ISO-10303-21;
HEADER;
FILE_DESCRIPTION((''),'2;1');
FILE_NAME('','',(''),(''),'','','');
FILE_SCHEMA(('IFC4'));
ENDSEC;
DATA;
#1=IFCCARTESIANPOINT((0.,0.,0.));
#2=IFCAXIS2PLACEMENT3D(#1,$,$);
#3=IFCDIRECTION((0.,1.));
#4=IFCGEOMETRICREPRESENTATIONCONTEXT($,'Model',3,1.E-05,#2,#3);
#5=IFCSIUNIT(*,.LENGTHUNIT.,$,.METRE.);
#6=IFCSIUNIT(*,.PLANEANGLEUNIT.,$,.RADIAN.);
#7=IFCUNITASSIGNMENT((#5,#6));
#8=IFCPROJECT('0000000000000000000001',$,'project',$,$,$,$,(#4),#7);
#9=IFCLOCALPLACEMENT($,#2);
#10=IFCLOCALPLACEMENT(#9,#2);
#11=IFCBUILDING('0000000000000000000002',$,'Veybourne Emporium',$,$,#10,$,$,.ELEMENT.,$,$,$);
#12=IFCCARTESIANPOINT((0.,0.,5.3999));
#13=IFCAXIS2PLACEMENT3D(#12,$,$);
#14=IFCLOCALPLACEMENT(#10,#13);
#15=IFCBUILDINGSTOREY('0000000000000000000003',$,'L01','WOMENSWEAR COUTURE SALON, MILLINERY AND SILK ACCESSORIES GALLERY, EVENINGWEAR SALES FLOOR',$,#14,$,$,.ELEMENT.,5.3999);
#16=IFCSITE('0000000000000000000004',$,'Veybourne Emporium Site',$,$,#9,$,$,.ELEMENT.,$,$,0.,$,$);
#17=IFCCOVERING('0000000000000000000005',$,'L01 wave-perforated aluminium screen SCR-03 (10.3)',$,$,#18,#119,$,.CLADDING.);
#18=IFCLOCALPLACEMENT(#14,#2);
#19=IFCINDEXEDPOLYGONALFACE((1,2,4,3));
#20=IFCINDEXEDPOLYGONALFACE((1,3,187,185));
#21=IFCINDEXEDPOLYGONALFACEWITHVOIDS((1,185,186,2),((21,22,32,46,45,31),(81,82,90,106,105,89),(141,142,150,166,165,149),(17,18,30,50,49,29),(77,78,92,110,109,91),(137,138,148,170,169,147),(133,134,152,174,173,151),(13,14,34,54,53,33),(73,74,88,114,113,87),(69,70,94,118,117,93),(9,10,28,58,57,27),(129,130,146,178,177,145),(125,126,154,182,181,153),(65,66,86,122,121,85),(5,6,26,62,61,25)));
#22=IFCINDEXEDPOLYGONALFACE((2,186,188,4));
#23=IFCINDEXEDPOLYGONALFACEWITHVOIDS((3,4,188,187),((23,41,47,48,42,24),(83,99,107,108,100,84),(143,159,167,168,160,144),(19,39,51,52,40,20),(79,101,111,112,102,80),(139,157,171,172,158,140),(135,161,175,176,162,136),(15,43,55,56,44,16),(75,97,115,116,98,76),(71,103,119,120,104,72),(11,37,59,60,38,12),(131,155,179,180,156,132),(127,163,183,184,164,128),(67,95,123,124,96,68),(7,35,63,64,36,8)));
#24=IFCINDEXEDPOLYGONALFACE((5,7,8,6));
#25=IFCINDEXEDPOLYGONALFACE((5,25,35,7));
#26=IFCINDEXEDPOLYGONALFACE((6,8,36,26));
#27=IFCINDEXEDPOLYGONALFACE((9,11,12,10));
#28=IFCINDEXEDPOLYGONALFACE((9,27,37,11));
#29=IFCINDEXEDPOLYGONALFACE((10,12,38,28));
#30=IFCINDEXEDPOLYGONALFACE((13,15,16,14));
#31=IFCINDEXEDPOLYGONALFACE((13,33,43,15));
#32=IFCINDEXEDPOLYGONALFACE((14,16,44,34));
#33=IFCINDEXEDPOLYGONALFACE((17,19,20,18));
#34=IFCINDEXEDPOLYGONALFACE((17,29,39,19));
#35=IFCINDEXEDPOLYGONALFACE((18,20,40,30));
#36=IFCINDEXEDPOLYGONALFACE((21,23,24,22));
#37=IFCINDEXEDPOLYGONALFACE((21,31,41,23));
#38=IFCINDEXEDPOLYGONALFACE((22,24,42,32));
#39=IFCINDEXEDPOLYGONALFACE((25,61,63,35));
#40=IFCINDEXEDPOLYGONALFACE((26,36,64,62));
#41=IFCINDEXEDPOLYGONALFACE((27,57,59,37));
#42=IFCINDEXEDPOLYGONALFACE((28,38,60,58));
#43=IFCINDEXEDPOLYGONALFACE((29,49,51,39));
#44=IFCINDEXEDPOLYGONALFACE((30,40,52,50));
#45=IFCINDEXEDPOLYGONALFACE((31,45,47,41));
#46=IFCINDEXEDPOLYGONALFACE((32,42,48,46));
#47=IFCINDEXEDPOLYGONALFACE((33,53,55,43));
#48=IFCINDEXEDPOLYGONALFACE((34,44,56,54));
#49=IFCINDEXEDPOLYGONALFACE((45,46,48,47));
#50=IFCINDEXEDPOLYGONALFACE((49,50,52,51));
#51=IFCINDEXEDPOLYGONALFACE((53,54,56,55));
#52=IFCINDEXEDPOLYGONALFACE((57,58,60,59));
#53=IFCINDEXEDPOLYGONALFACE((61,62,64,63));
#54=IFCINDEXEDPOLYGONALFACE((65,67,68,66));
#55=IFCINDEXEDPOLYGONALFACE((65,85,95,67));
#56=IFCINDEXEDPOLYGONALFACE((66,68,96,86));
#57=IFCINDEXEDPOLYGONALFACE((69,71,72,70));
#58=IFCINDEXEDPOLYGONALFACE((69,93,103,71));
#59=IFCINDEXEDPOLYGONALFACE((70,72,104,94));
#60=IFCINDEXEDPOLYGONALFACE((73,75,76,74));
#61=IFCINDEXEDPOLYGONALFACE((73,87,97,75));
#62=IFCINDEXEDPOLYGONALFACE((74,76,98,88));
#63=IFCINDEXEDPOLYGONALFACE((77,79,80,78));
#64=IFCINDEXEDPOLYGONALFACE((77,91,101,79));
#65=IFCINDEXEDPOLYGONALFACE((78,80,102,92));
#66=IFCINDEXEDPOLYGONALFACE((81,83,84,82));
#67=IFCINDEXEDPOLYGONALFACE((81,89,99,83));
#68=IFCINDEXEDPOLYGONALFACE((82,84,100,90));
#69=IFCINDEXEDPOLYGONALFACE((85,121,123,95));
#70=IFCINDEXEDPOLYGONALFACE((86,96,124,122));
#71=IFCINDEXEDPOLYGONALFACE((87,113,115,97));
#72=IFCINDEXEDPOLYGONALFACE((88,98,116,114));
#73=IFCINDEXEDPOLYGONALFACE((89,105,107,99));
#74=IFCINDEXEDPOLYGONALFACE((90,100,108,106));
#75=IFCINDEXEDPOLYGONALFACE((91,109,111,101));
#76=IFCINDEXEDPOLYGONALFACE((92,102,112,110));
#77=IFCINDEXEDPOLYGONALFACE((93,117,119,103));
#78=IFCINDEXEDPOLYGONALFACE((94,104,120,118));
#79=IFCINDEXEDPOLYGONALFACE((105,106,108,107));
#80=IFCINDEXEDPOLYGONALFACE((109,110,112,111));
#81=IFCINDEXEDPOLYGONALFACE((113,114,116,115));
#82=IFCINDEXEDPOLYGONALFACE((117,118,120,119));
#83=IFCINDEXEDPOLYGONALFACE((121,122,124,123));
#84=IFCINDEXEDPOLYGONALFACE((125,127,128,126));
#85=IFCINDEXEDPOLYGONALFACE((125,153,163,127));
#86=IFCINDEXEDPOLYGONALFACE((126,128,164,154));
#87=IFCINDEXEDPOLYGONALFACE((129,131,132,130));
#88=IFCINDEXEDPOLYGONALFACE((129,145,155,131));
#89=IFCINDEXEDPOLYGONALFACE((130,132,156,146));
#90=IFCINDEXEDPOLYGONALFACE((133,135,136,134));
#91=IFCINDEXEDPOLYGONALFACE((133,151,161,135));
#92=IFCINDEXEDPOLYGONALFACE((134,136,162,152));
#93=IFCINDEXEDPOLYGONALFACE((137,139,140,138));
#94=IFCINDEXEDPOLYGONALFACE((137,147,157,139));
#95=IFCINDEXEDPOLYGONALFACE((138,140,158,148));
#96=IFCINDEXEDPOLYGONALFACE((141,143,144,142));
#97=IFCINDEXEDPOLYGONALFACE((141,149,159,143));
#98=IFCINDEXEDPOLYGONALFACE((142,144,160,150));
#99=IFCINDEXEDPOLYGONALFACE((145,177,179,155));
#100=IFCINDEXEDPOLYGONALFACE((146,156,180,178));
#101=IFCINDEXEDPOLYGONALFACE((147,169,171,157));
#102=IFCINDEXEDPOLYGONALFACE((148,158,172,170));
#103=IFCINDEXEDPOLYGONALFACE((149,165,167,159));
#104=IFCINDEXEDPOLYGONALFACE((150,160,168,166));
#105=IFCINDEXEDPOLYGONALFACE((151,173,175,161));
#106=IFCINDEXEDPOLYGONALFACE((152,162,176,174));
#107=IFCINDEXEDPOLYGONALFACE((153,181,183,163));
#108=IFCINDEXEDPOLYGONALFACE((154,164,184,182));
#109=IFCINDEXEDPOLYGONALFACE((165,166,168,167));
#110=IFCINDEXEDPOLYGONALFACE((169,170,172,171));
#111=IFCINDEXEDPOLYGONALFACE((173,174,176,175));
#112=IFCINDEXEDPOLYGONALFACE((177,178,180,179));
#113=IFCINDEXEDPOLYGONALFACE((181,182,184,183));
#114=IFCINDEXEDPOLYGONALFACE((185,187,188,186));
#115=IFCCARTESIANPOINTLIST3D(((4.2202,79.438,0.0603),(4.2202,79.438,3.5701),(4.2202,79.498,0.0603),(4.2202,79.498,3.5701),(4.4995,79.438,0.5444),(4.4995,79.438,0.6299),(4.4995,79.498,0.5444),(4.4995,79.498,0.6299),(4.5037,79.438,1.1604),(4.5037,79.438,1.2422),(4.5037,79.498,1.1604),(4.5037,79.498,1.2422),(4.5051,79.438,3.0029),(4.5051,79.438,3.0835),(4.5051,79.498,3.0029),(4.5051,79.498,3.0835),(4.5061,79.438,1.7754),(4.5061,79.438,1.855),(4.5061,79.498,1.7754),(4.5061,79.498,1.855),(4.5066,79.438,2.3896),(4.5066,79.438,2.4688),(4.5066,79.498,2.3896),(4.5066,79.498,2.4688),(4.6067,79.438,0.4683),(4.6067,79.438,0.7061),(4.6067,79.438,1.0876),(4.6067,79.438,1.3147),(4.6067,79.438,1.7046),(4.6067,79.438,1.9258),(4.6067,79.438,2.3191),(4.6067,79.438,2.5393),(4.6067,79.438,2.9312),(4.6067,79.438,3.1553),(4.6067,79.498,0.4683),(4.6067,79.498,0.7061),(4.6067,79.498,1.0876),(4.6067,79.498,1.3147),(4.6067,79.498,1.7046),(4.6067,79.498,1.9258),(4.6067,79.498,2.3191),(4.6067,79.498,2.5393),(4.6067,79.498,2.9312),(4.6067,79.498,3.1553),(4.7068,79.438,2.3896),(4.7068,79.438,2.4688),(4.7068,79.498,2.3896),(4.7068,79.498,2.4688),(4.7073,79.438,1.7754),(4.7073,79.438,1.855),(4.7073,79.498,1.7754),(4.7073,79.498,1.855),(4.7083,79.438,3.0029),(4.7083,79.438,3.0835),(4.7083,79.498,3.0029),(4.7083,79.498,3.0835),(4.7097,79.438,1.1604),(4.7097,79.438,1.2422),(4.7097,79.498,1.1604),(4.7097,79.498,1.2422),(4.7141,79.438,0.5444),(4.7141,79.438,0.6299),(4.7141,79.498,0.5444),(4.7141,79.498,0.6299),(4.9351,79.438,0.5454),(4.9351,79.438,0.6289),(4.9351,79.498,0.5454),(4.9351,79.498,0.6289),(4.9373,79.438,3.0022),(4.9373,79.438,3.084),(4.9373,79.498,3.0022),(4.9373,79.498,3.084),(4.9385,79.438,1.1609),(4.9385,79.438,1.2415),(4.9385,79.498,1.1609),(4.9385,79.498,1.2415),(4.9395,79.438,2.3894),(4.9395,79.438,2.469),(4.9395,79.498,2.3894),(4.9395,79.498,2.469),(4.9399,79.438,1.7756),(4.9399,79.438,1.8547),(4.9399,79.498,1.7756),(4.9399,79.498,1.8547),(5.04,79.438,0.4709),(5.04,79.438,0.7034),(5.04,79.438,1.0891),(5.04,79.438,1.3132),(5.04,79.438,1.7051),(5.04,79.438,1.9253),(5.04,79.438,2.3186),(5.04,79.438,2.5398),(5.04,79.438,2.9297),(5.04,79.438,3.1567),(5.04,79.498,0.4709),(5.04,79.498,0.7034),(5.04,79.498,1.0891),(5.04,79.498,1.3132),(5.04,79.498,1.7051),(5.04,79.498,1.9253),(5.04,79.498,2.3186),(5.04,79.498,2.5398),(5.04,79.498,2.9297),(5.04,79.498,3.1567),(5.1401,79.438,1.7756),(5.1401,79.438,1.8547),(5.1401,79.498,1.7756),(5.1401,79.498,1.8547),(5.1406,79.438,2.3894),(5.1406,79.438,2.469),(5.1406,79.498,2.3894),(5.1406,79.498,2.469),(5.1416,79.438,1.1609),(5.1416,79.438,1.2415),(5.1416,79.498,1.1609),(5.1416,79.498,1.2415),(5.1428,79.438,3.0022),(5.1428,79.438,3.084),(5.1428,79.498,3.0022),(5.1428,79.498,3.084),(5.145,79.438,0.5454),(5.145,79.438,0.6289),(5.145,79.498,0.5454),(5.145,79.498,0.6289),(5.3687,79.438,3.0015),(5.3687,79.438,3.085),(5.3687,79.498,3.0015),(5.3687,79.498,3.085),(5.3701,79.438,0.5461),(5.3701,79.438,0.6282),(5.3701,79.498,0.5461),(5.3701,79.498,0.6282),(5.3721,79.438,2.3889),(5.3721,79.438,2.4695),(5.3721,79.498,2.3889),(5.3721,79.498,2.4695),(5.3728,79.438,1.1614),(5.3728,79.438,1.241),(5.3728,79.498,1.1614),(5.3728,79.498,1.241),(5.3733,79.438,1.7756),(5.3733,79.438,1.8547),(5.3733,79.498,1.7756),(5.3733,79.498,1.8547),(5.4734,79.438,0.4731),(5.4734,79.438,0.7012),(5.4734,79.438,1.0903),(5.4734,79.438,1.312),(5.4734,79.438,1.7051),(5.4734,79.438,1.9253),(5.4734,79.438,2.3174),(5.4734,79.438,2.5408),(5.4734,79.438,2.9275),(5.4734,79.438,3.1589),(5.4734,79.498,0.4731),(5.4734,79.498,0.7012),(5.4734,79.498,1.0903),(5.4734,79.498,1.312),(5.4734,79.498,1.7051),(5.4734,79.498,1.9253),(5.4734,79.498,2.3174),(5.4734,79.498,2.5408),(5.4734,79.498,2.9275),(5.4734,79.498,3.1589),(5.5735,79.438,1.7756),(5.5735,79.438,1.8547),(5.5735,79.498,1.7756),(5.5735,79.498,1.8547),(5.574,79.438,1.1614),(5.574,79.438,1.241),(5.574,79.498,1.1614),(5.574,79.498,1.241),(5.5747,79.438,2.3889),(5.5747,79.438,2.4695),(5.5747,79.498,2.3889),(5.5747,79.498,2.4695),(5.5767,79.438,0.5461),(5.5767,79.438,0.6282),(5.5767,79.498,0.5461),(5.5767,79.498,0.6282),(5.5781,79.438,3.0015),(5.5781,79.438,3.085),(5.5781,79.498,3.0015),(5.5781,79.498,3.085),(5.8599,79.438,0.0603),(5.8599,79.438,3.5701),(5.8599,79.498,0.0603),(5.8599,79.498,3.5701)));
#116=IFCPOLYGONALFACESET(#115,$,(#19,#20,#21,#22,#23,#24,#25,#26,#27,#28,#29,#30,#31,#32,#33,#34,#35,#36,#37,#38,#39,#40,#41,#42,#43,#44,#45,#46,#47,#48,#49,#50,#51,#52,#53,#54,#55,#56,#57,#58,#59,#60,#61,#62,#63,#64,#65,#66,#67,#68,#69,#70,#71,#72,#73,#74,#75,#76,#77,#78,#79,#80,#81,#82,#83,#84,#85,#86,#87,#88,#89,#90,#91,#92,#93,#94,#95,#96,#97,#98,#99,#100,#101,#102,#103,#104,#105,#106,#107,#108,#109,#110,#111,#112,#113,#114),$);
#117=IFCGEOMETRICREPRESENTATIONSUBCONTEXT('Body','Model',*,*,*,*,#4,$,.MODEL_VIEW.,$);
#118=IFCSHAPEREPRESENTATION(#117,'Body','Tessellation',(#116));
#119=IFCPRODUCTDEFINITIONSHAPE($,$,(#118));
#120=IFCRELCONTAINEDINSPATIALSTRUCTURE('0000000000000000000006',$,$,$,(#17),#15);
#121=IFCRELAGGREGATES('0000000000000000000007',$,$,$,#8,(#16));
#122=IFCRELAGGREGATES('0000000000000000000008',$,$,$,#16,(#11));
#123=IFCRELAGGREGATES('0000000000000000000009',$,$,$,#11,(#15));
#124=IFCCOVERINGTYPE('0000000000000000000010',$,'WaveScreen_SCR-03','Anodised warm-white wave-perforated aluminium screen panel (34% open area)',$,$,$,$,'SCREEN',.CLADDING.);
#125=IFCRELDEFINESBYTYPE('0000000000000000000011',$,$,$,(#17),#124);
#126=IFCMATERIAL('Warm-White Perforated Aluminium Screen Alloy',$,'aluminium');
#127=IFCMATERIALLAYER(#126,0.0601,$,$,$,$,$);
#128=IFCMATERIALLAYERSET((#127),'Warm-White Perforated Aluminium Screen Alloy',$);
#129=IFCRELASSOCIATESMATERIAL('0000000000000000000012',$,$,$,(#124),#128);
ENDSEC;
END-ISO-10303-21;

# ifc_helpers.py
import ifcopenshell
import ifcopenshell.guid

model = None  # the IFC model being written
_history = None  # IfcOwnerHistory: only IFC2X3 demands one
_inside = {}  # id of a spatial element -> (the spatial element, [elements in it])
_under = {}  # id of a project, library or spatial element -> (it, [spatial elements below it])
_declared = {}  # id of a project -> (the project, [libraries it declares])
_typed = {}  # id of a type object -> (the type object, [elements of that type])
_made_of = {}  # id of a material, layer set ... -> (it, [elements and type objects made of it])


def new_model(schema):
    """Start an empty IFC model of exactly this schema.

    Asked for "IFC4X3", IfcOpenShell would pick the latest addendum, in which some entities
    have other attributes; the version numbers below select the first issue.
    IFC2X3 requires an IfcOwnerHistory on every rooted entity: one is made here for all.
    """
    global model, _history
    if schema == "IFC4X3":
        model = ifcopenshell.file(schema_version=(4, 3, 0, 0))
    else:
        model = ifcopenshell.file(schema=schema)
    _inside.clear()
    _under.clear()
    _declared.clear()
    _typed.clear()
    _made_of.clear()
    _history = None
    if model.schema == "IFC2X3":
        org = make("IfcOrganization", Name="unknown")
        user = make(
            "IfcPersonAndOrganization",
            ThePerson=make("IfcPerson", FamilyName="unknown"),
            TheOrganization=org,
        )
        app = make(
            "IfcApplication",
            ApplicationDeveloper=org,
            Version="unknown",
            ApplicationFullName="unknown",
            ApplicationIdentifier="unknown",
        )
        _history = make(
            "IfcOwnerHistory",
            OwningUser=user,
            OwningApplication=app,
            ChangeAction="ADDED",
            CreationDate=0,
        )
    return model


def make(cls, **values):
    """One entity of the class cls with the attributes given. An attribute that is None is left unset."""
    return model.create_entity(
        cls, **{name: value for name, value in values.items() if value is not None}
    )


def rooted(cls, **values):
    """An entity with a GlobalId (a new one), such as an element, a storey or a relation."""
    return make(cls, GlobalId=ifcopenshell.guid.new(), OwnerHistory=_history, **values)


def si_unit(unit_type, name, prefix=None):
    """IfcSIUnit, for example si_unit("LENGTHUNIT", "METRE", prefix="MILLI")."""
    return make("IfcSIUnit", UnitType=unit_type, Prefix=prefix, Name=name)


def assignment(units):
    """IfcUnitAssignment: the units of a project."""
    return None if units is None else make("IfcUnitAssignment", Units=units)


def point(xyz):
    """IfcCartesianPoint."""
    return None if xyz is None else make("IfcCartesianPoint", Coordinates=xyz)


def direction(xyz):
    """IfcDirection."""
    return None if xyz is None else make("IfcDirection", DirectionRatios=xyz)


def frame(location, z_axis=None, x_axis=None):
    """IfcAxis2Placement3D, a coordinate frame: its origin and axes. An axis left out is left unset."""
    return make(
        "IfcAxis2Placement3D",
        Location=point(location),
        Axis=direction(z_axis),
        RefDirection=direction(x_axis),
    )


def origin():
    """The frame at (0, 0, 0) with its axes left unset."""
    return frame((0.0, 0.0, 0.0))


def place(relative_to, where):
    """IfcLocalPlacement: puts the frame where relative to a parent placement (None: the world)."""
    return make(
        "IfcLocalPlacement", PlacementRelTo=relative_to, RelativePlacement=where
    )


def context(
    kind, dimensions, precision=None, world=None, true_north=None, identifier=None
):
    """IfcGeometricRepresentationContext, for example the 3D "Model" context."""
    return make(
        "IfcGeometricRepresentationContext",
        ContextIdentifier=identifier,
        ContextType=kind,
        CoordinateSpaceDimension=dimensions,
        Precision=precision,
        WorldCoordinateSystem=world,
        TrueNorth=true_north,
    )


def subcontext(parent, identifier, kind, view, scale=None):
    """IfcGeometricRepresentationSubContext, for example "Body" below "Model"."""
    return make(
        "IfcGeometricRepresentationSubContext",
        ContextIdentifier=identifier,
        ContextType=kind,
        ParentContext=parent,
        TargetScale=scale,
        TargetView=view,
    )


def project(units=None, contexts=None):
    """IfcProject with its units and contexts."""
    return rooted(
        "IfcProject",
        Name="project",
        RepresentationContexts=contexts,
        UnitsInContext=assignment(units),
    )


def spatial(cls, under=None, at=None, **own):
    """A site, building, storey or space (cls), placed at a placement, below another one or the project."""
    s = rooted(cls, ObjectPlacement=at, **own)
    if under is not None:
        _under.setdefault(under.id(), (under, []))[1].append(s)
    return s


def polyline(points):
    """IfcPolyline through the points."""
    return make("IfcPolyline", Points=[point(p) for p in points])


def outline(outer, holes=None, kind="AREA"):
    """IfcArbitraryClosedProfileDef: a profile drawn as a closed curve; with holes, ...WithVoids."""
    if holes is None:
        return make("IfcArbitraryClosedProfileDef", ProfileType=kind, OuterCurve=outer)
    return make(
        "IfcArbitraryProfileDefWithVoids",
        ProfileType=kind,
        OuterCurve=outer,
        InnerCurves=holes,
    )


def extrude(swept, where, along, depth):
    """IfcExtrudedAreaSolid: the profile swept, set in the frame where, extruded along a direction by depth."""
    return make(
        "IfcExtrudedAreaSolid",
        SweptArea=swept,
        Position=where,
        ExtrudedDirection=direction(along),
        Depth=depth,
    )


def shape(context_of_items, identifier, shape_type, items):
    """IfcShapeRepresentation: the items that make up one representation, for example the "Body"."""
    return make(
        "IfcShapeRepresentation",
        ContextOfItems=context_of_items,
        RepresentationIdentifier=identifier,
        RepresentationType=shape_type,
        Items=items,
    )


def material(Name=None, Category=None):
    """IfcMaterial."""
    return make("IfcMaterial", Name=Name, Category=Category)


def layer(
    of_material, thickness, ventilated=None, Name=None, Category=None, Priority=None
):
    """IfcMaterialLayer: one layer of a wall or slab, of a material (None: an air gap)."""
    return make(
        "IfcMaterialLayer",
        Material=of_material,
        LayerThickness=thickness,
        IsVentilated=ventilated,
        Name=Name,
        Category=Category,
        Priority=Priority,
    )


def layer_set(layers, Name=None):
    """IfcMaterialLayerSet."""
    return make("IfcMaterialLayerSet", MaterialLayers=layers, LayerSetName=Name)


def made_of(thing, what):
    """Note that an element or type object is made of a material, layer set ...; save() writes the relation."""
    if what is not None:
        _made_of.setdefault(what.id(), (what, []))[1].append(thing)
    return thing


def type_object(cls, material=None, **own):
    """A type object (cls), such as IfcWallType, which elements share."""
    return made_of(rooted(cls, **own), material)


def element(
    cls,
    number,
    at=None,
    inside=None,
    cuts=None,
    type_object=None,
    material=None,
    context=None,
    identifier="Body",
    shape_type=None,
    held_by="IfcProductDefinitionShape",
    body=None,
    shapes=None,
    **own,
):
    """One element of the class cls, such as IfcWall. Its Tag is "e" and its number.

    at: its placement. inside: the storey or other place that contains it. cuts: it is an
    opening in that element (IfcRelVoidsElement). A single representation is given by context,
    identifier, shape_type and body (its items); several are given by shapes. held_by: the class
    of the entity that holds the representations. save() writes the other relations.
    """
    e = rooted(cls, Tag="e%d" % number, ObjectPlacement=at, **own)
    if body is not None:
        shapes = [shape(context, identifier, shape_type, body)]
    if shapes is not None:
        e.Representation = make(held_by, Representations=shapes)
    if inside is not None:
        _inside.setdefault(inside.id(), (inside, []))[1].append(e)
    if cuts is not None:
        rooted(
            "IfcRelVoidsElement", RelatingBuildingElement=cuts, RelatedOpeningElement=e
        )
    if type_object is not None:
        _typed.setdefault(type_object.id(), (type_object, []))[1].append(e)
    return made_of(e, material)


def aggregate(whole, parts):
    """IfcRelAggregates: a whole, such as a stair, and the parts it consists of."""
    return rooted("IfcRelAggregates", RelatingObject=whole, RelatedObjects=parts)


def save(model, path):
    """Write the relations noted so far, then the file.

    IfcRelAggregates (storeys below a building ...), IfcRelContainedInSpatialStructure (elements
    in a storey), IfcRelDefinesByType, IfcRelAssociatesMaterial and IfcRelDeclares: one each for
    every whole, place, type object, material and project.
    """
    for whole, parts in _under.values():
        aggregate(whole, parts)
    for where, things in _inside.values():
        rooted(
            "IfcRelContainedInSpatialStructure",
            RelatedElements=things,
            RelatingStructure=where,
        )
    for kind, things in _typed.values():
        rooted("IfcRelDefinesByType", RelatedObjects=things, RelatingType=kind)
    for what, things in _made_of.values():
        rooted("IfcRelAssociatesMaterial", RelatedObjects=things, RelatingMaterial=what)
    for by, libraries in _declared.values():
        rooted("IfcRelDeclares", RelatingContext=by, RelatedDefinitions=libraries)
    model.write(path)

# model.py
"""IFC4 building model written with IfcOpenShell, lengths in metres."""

from ifc_helpers import new_model, si_unit, direction, frame, origin, place, context, subcontext, project, spatial, polyline, outline, extrude, material, layer, layer_set, type_object, element, save


model = new_model("IFC4")

# Units and contexts
model_context = context("Model", 3, precision=1e-05, world=origin(), true_north=direction((0.0, 1.0)))
body_context = subcontext(model_context, "Body", "Model", "MODEL_VIEW")
ifc_project = project(units=[si_unit("LENGTHUNIT", "METRE"), si_unit("PLANEANGLEUNIT", "RADIAN")], contexts=[model_context])

# Site, building, storey
site_placement = place(None, origin())
site = spatial("IfcSite", under=ifc_project, at=site_placement, Name="Veybourne Emporium Site", CompositionType="ELEMENT", RefElevation=0.0)
building_placement = place(site_placement, origin())
building = spatial("IfcBuilding", under=site, at=building_placement, Name="Veybourne Emporium", CompositionType="ELEMENT")
storey_placement = place(building_placement, frame((0.0, 0.0, 5.3999)))
storey = spatial("IfcBuildingStorey", under=building, at=storey_placement, Name="L01", Description="WOMENSWEAR COUTURE SALON, MILLINERY AND SILK ACCESSORIES GALLERY, EVENINGWEAR SALES FLOOR", CompositionType="ELEMENT", Elevation=5.3999)

# Covering
ifc_material_1 = material(Name="Warm-White Perforated Aluminium Screen Alloy", Category="aluminium")
ifc_layer_1 = layer(ifc_material_1, 0.0601)
ifc_layer_set_1 = layer_set([ifc_layer_1], Name="Warm-White Perforated Aluminium Screen Alloy")
covering_type_1 = type_object("IfcCoveringType", Name="WaveScreen_SCR-03", Description="Anodised warm-white wave-perforated aluminium screen panel (34% open area)", ElementType="SCREEN", PredefinedType="CLADDING", material=ifc_layer_set_1)
covering_1_placement = place(storey_placement, frame((5.04, 79.498, 1.8152), z_axis=(0.0, -1.0, 0.0), x_axis=(1.0, 0.0, 0.0)))
element("IfcCovering", 1, at=covering_1_placement, inside=storey, type_object=covering_type_1, Name="L01 wave-perforated aluminium screen SCR-03 (10.3)", PredefinedType="CLADDING", context=body_context, shape_type="SweptSolid", body=[
    extrude(outline(polyline([(-0.8198, -1.7549), (0.8198, -1.7549), (0.8198, 1.7549), (-0.8198, 1.7549), (-0.8198, -1.7549)]), holes=[polyline([(-0.4333, -1.1091), (-0.3259, -1.1853), (-0.3259, -1.2708), (-0.4333, -1.3469), (-0.5405, -1.2708), (-0.5405, -1.1853), (-0.4333, -1.1091)]), polyline([(-0.4333, -0.5005), (-0.3303, -0.573), (-0.3303, -0.6548), (-0.4333, -0.7275), (-0.5364, -0.6548), (-0.5364, -0.573), (-0.4333, -0.5005)]), polyline([(-0.4333, 0.1106), (-0.3328, 0.0398), (-0.3328, -0.0398), (-0.4333, -0.1106), (-0.5339, -0.0398), (-0.5339, 0.0398), (-0.4333, 0.1106)]), polyline([(-0.4333, 0.7241), (-0.3333, 0.6536), (-0.3333, 0.5745), (-0.4333, 0.5039), (-0.5334, 0.5745), (-0.5334, 0.6536), (-0.4333, 0.7241)]), polyline([(-0.4333, 1.3401), (-0.3318, 1.2683), (-0.3318, 1.1877), (-0.4333, 1.116), (-0.5349, 1.1877), (-0.5349, 1.2683), (-0.4333, 1.3401)]), polyline([(0.0, -1.1118), (0.105, -1.1863), (0.105, -1.2698), (0.0, -1.3442), (-0.105, -1.2698), (-0.105, -1.1863), (0.0, -1.1118)]), polyline([(0.0, -0.502), (0.1016, -0.5737), (0.1016, -0.6543), (0.0, -0.7261), (-0.1016, -0.6543), (-0.1016, -0.5737), (0.0, -0.502)]), polyline([(0.0, 0.1101), (0.1001, 0.0396), (0.1001, -0.0396), (0.0, -0.1101), (-0.1001, -0.0396), (-0.1001, 0.0396), (0.0, 0.1101)]), polyline([(0.0, 0.7246), (0.1006, 0.6538), (0.1006, 0.5742), (0.0, 0.5034), (-0.1006, 0.5742), (-0.1006, 0.6538), (0.0, 0.7246)]), polyline([(0.0, 1.3416), (0.1028, 1.2688), (0.1028, 1.187), (0.0, 1.1145), (-0.1028, 1.187), (-0.1028, 1.2688), (0.0, 1.3416)]), polyline([(0.4333, -1.114), (0.5366, -1.187), (0.5366, -1.269), (0.4333, -1.342), (0.3301, -1.269), (0.3301, -1.187), (0.4333, -1.114)]), polyline([(0.4333, -0.5032), (0.5339, -0.5742), (0.5339, -0.6538), (0.4333, -0.7249), (0.3328, -0.6538), (0.3328, -0.5742), (0.4333, -0.5032)]), polyline([(0.4333, 0.1101), (0.5334, 0.0396), (0.5334, -0.0396), (0.4333, -0.1101), (0.3333, -0.0396), (0.3333, 0.0396), (0.4333, 0.1101)]), polyline([(0.4333, 0.7256), (0.5347, 0.6543), (0.5347, 0.5737), (0.4333, 0.5022), (0.332, 0.5737), (0.332, 0.6543), (0.4333, 0.7256)]), polyline([(0.4333, 1.3438), (0.5381, 1.2698), (0.5381, 1.1863), (0.4333, 1.1123), (0.3286, 1.1863), (0.3286, 1.2698), (0.4333, 1.3438)])]), origin(), (0.0, 0.0, 1.0), 0.0601),
])

save(model, "model.ifc")
